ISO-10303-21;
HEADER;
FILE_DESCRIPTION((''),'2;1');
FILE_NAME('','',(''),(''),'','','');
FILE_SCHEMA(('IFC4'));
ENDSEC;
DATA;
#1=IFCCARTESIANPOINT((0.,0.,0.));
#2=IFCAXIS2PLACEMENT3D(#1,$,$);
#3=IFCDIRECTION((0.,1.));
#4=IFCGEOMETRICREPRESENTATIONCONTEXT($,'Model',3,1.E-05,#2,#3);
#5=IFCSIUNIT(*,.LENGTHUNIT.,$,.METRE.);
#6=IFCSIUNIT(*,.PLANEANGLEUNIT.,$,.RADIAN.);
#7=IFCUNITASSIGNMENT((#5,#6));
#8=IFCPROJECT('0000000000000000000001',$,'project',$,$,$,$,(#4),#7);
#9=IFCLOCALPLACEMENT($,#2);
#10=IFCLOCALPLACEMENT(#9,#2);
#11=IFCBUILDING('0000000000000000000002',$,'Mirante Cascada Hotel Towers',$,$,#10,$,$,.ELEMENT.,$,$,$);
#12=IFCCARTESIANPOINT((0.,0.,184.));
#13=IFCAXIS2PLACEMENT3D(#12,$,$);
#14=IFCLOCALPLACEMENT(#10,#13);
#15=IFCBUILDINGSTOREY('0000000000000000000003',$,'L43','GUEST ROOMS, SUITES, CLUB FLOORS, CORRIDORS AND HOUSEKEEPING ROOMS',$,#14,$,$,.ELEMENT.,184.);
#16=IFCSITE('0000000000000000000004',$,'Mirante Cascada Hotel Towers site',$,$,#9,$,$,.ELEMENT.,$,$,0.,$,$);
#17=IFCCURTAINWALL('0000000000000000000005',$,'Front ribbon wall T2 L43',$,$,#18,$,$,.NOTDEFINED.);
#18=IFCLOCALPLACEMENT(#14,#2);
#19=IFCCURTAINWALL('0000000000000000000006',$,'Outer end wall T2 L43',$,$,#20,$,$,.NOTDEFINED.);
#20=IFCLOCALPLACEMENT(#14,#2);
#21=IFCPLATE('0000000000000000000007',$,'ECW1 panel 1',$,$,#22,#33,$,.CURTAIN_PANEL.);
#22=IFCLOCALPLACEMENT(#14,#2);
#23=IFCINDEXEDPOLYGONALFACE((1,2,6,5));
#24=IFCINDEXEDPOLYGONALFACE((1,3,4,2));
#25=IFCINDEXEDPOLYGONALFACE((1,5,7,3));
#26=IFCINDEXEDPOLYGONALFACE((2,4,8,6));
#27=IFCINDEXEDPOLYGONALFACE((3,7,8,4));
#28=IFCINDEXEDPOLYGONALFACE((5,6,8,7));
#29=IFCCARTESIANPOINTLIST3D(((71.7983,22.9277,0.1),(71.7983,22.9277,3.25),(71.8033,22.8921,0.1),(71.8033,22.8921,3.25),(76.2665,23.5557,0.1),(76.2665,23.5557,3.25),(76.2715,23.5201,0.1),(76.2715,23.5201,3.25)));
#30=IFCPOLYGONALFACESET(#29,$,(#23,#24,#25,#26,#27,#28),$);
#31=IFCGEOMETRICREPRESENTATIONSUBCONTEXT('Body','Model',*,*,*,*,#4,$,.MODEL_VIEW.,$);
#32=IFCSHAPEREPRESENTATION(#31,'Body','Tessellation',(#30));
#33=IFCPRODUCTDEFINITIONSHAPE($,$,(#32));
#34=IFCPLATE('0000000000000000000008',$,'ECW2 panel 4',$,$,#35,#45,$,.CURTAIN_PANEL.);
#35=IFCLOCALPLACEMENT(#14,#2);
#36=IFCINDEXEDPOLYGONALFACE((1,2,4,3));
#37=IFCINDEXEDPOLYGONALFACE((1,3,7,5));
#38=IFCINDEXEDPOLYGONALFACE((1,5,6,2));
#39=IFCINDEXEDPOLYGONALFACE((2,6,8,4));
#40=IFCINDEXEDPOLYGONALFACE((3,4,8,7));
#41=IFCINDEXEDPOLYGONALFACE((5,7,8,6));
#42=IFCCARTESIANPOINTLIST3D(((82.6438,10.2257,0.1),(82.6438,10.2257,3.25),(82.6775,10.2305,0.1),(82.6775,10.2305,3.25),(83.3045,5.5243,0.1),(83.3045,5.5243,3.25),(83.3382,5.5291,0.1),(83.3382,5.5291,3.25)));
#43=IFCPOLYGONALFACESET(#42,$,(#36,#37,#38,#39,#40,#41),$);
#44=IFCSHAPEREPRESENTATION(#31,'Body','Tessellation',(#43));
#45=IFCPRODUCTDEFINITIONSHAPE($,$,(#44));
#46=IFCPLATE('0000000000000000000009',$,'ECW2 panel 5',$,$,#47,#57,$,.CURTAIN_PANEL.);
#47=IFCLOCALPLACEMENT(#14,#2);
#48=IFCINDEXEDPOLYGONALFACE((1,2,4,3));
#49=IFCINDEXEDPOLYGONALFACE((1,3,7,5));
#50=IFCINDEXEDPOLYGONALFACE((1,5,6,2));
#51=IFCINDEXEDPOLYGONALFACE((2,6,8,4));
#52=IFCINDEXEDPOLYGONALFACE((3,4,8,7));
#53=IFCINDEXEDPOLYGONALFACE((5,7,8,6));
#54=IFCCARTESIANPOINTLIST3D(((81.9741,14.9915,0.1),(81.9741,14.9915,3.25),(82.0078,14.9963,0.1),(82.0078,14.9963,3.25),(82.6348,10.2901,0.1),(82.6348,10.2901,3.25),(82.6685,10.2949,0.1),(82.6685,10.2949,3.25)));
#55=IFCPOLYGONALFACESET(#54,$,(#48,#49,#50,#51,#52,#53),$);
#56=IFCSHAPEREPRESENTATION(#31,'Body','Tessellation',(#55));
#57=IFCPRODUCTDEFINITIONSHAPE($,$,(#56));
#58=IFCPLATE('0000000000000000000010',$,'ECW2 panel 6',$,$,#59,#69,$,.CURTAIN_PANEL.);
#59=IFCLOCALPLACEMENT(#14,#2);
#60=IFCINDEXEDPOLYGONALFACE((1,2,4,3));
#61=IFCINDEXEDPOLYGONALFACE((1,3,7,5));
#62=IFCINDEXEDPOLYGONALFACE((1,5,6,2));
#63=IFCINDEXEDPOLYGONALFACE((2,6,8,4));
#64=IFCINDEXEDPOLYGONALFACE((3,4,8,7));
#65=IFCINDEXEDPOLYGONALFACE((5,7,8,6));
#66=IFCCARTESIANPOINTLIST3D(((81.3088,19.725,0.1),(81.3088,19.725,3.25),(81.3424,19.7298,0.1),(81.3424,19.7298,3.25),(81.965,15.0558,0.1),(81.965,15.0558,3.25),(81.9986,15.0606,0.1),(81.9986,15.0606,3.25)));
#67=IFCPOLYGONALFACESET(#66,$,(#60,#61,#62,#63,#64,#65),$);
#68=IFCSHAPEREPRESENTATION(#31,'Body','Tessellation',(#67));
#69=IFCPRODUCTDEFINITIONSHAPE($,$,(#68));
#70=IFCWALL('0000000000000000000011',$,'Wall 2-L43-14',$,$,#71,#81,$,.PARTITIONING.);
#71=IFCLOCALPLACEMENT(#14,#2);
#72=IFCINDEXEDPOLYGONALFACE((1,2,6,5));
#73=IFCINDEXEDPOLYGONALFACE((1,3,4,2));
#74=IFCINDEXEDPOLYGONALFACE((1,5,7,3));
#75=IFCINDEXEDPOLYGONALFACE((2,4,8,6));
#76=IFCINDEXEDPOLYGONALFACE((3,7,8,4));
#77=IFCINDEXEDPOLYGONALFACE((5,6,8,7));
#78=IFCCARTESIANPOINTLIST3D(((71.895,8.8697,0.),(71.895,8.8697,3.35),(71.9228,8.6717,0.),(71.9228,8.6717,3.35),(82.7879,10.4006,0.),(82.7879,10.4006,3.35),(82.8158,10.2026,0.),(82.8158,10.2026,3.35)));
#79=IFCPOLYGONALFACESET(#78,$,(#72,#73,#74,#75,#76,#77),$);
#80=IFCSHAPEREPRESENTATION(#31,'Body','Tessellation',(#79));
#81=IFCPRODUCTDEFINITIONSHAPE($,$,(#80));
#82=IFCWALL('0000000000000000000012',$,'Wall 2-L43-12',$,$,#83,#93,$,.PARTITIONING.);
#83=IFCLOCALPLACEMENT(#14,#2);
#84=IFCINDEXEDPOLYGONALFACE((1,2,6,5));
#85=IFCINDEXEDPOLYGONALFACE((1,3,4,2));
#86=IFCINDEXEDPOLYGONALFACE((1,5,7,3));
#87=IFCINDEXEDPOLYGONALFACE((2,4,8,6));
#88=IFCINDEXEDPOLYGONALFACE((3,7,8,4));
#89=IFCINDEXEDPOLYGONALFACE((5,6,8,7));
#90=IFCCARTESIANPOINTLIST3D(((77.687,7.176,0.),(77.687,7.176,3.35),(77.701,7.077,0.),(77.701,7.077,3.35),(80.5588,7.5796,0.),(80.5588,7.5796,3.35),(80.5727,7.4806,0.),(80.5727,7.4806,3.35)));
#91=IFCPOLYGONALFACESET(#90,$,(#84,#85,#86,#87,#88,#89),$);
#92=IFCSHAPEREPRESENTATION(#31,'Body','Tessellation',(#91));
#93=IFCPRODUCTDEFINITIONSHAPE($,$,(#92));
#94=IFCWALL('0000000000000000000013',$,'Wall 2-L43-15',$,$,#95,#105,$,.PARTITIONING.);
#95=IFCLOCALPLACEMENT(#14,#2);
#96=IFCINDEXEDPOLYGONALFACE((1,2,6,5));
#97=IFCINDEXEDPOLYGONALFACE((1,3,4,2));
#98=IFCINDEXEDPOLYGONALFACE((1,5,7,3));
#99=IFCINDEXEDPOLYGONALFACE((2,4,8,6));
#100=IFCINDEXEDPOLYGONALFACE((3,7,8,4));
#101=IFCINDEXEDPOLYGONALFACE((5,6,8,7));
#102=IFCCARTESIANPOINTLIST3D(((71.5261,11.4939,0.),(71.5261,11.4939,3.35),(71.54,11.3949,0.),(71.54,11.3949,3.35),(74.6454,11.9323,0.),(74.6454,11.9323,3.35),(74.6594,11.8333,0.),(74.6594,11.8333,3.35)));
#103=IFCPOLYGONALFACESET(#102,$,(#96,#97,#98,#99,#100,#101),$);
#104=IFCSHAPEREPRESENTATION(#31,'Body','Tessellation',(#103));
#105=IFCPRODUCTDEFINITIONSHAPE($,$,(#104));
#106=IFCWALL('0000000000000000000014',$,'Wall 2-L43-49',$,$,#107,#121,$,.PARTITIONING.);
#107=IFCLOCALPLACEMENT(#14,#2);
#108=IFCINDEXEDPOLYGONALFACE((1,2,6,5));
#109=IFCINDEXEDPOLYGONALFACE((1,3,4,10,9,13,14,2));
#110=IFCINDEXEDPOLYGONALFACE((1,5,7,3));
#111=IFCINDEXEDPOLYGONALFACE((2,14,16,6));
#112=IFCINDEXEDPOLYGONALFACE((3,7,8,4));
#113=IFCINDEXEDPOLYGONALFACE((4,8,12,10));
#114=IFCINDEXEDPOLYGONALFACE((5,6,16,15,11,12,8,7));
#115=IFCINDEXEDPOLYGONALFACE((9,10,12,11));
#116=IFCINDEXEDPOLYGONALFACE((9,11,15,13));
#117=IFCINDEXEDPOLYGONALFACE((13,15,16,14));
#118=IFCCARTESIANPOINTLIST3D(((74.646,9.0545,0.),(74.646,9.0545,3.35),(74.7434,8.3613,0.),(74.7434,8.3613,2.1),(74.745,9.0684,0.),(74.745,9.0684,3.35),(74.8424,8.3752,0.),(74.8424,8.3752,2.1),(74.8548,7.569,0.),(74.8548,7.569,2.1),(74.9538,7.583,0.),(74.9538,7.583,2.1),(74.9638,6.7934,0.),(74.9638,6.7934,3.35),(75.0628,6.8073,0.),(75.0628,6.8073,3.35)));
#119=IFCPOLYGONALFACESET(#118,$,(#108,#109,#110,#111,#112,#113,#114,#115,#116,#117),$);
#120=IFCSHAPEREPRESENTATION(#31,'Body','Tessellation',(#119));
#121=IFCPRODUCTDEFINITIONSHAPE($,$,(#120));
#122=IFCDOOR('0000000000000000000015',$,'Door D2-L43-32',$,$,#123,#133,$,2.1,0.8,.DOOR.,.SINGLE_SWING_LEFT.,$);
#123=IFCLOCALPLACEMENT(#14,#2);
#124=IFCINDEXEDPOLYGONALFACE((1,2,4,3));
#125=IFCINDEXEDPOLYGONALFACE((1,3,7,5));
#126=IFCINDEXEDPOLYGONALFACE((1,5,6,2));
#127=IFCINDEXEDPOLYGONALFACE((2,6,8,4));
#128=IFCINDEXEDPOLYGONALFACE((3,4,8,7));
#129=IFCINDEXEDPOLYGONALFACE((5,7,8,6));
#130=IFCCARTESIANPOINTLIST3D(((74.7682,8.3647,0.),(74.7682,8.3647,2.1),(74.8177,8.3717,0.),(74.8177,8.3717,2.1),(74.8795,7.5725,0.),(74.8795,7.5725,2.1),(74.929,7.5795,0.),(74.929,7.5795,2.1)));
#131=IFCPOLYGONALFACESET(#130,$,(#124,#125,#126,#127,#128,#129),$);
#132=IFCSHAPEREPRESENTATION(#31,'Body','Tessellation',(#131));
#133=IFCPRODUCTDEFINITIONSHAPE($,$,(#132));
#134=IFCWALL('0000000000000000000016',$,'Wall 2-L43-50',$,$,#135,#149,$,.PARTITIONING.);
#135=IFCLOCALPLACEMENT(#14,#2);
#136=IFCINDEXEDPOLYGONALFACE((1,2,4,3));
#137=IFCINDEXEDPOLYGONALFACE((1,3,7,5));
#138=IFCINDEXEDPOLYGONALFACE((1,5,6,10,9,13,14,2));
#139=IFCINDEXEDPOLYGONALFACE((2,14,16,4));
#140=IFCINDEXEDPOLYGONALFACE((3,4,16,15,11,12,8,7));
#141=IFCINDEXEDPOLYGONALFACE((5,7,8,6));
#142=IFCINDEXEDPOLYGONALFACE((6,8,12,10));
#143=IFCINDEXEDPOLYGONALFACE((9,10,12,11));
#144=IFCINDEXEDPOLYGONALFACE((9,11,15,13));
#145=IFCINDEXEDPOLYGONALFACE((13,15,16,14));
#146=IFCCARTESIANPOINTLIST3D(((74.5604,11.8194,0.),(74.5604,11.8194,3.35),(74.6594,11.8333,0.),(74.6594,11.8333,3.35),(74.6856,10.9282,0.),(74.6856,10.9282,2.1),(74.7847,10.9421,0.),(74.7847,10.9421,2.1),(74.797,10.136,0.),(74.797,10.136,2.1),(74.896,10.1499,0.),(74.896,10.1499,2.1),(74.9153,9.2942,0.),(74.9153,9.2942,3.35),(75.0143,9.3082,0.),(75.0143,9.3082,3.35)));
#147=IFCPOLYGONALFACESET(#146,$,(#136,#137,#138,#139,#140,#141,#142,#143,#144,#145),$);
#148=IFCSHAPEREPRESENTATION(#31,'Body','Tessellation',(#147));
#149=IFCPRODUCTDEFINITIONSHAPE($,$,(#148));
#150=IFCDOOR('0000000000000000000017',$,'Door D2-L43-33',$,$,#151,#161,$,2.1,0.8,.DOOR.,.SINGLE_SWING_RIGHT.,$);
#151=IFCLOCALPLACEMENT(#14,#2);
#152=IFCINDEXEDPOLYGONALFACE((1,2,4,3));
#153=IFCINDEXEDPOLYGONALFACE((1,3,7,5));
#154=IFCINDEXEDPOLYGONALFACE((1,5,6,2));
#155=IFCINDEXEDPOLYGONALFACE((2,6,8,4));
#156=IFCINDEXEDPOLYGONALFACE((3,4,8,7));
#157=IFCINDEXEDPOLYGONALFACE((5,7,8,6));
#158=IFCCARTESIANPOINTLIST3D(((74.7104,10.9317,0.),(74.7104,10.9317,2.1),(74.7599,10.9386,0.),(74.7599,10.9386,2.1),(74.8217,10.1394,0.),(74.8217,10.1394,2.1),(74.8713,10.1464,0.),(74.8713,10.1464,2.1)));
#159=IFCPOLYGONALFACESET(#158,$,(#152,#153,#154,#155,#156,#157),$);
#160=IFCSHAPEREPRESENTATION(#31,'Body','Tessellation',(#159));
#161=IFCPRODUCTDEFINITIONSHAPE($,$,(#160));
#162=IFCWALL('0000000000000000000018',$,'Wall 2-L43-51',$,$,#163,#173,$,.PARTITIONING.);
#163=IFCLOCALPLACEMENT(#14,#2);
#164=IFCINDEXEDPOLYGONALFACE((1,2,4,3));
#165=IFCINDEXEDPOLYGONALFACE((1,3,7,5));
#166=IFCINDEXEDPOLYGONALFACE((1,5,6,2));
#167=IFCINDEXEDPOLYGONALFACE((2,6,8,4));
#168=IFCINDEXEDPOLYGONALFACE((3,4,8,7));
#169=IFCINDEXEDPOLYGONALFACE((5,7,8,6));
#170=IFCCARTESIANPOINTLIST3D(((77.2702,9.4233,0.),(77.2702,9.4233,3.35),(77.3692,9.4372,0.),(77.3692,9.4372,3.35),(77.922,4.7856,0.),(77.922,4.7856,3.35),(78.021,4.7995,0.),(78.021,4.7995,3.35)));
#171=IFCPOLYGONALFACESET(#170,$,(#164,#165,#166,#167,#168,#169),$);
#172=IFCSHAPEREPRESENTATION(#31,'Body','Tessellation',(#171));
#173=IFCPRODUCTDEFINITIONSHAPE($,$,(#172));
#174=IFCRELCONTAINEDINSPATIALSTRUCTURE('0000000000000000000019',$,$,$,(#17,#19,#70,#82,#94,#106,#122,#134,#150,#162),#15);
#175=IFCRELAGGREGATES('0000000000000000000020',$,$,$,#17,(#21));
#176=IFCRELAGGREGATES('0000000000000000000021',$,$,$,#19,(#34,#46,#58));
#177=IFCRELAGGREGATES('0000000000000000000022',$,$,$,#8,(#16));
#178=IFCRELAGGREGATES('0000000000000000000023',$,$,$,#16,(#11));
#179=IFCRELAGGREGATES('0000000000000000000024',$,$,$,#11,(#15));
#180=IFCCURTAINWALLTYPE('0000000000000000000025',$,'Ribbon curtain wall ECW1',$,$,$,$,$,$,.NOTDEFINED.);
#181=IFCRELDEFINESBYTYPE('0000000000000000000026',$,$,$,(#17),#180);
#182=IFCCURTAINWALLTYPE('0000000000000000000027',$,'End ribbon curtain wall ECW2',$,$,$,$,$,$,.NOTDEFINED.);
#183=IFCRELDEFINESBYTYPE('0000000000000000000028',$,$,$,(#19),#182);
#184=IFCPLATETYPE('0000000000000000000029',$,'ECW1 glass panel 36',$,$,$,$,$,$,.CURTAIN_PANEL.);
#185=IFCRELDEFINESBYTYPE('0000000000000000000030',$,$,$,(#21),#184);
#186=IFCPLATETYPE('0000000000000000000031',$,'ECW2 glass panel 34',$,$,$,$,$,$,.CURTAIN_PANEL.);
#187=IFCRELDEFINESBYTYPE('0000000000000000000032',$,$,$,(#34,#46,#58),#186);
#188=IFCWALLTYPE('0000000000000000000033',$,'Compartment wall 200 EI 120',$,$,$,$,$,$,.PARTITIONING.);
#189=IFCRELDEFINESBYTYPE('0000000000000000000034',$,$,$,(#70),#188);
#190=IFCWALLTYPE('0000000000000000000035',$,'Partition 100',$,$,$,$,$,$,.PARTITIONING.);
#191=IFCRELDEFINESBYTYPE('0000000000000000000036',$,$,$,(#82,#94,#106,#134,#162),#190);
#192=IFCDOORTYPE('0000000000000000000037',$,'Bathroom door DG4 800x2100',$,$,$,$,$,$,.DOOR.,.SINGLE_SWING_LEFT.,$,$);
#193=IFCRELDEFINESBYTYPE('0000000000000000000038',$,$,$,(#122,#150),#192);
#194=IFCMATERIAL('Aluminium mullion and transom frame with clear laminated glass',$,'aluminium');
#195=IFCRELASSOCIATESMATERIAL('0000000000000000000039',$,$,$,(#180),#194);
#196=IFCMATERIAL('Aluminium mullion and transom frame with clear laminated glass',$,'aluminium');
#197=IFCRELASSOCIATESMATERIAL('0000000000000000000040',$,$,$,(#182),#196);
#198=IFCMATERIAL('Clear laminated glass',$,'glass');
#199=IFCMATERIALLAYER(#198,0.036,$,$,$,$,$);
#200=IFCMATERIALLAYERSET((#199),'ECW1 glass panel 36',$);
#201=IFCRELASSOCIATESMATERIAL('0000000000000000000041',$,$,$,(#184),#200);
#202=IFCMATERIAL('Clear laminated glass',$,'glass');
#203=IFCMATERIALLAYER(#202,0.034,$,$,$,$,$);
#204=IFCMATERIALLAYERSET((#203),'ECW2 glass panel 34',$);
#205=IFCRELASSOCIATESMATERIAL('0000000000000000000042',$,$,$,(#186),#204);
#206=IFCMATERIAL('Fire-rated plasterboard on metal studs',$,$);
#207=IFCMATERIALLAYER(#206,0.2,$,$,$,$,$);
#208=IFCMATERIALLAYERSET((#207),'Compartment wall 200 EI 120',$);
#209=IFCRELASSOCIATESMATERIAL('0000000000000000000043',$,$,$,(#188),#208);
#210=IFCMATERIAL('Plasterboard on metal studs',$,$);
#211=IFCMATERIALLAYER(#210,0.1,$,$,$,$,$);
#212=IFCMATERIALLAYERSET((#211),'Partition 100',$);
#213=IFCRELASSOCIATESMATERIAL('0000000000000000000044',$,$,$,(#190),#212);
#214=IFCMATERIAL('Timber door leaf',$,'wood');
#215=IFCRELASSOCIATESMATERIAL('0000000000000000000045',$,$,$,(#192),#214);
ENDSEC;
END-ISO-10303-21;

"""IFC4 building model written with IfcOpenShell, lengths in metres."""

from ifc_helpers import new_model, si_unit, direction, frame, frame_2d, origin, origin_2d, place, context, subcontext, project, spatial, rectangle, extrude, material, layer, layer_set, type_object, element, fill, aggregate, save


model = new_model("IFC4")

# Units and contexts
model_context = context("Model", 3, precision=1e-05, world=origin(), true_north=direction((0.0, 1.0)))
body_context = subcontext(model_context, "Body", "Model", "MODEL_VIEW")
ifc_project = project(units=[si_unit("LENGTHUNIT", "METRE"), si_unit("PLANEANGLEUNIT", "RADIAN")], contexts=[model_context])

# Site, building, storey
site_placement = place(None, origin())
site = spatial("IfcSite", under=ifc_project, at=site_placement, Name="Mirante Cascada Hotel Towers site", CompositionType="ELEMENT", RefElevation=0.0)
building_placement = place(site_placement, origin())
building = spatial("IfcBuilding", under=site, at=building_placement, Name="Mirante Cascada Hotel Towers", CompositionType="ELEMENT")
storey_placement = place(building_placement, frame((0.0, 0.0, 184.0)))
storey = spatial("IfcBuildingStorey", under=building, at=storey_placement, Name="L43", Description="GUEST ROOMS, SUITES, CLUB FLOORS, CORRIDORS AND HOUSEKEEPING ROOMS", CompositionType="ELEMENT", Elevation=184.0)

# Curtain walls
ifc_material_1 = material(Name="Aluminium mullion and transom frame with clear laminated glass", Category="aluminium")
curtain_wall_type_1 = type_object("IfcCurtainWallType", Name="Ribbon curtain wall ECW1", PredefinedType="NOTDEFINED", material=ifc_material_1)
curtain_wall_1_placement = place(storey_placement, origin())
curtain_wall_1 = element("IfcCurtainWall", 1, at=curtain_wall_1_placement, inside=storey, type_object=curtain_wall_type_1, Name="Front ribbon wall T2 L43", PredefinedType="NOTDEFINED")
ifc_material_2 = material(Name="Aluminium mullion and transom frame with clear laminated glass", Category="aluminium")
curtain_wall_type_2 = type_object("IfcCurtainWallType", Name="End ribbon curtain wall ECW2", PredefinedType="NOTDEFINED", material=ifc_material_2)
curtain_wall_2_placement = place(storey_placement, origin())
curtain_wall_2 = element("IfcCurtainWall", 2, at=curtain_wall_2_placement, inside=storey, type_object=curtain_wall_type_2, Name="Outer end wall T2 L43", PredefinedType="NOTDEFINED")

# Plates
ifc_material_3 = material(Name="Clear laminated glass", Category="glass")
ifc_layer_1 = layer(ifc_material_3, 0.036)
ifc_layer_set_1 = layer_set([ifc_layer_1], Name="ECW1 glass panel 36")
plate_type_1 = type_object("IfcPlateType", Name="ECW1 glass panel 36", PredefinedType="CURTAIN_PANEL", material=ifc_layer_set_1)
plate_1_placement = place(storey_placement, frame((74.0349, 23.2239, 0.1), z_axis=(0.0, 0.0, 1.0), x_axis=(-0.990268, -0.139173, 0.0)))
plate_1 = element("IfcPlate", 3, at=plate_1_placement, type_object=plate_type_1, Name="ECW1 panel 1", PredefinedType="CURTAIN_PANEL", context=body_context, shape_type="SweptSolid", body=[
    extrude(rectangle(XDim=4.5121, YDim=0.036, at=origin_2d()), origin(), (0.0, 0.0, 1.0), 3.15),
])
aggregate(curtain_wall_1, [plate_1])
ifc_material_4 = material(Name="Clear laminated glass", Category="glass")
ifc_layer_2 = layer(ifc_material_4, 0.034)
ifc_layer_set_2 = layer_set([ifc_layer_2], Name="ECW2 glass panel 34")
plate_type_2 = type_object("IfcPlateType", Name="ECW2 glass panel 34", PredefinedType="CURTAIN_PANEL", material=ifc_layer_set_2)
plate_2_placement = place(storey_placement, frame((82.991, 7.8774, 0.1), z_axis=(0.0, 0.0, 1.0), x_axis=(-0.139173, 0.990268, 0.0)))
plate_2 = element("IfcPlate", 4, at=plate_2_placement, type_object=plate_type_2, Name="ECW2 panel 4", PredefinedType="CURTAIN_PANEL", context=body_context, shape_type="SweptSolid", body=[
    extrude(rectangle(XDim=4.7476, YDim=0.034, at=origin_2d()), origin(), (0.0, 0.0, 1.0), 3.15),
])
plate_3_placement = place(storey_placement, frame((82.3213, 12.6432, 0.1), z_axis=(0.0, 0.0, 1.0), x_axis=(-0.139173, 0.990268, 0.0)))
plate_3 = element("IfcPlate", 5, at=plate_3_placement, type_object=plate_type_2, Name="ECW2 panel 5", PredefinedType="CURTAIN_PANEL", context=body_context, shape_type="SweptSolid", body=[
    extrude(rectangle(XDim=4.7476, YDim=0.034, at=origin_2d()), origin(), (0.0, 0.0, 1.0), 3.15),
])
plate_4_placement = place(storey_placement, frame((81.6537, 17.3928, 0.1), z_axis=(0.0, 0.0, 1.0), x_axis=(-0.139173, 0.990268, 0.0)))
plate_4 = element("IfcPlate", 6, at=plate_4_placement, type_object=plate_type_2, Name="ECW2 panel 6", PredefinedType="CURTAIN_PANEL", context=body_context, shape_type="SweptSolid", body=[
    extrude(rectangle(XDim=4.7151, YDim=0.034, at=origin_2d()), origin(), (0.0, 0.0, 1.0), 3.15),
])
aggregate(curtain_wall_2, [plate_2, plate_3, plate_4])

# Walls
ifc_material_5 = material(Name="Fire-rated plasterboard on metal studs")
ifc_layer_3 = layer(ifc_material_5, 0.2)
ifc_layer_set_3 = layer_set([ifc_layer_3], Name="Compartment wall 200 EI 120")
wall_type_1 = type_object("IfcWallType", Name="Compartment wall 200 EI 120", PredefinedType="PARTITIONING", material=ifc_layer_set_3)
wall_1_placement = place(storey_placement, frame((71.9089, 8.7707, 0.0), z_axis=(0.0, 0.0, 1.0), x_axis=(0.990268, 0.139173, 0.0)))
element("IfcWall", 7, at=wall_1_placement, inside=storey, type_object=wall_type_1, Name="Wall 2-L43-14", PredefinedType="PARTITIONING", context=body_context, shape_type="SweptSolid", body=[
    extrude(rectangle(XDim=11.0, YDim=0.2, at=frame_2d((5.5, 0.0))), origin(), (0.0, 0.0, 1.0), 3.35),
])
ifc_material_6 = material(Name="Plasterboard on metal studs")
ifc_layer_4 = layer(ifc_material_6, 0.1)
ifc_layer_set_4 = layer_set([ifc_layer_4], Name="Partition 100")
wall_type_2 = type_object("IfcWallType", Name="Partition 100", PredefinedType="PARTITIONING", material=ifc_layer_set_4)
wall_2_placement = place(storey_placement, frame((77.694, 7.1265, 0.0), z_axis=(0.0, 0.0, 1.0), x_axis=(0.990268, 0.139171, 0.0)))
element("IfcWall", 8, at=wall_2_placement, inside=storey, type_object=wall_type_2, Name="Wall 2-L43-12", PredefinedType="PARTITIONING", context=body_context, shape_type="SweptSolid", body=[
    extrude(rectangle(XDim=2.9, YDim=0.1, at=frame_2d((1.45, 0.0))), origin(), (0.0, 0.0, 1.0), 3.35),
])
wall_3_placement = place(storey_placement, frame((74.6524, 11.8828, 0.0), z_axis=(0.0, 0.0, 1.0), x_axis=(-0.990268, -0.139177, 0.0)))
element("IfcWall", 9, at=wall_3_placement, inside=storey, type_object=wall_type_2, Name="Wall 2-L43-15", PredefinedType="PARTITIONING", context=body_context, shape_type="SweptSolid", body=[
    extrude(rectangle(XDim=3.15, YDim=0.1, at=frame_2d((1.575, 0.0))), origin(), (0.0, 0.0, 1.0), 3.35),
])

# Walls, openings, doors
wall_4_placement = place(storey_placement, frame((74.6955, 9.0614, 0.0), z_axis=(0.0, 0.0, 1.0), x_axis=(0.139183, -0.990267, 0.0)))
wall_4 = element("IfcWall", 10, at=wall_4_placement, inside=storey, type_object=wall_type_2, Name="Wall 2-L43-49", PredefinedType="PARTITIONING", context=body_context, shape_type="SweptSolid", body=[
    extrude(rectangle(XDim=2.2833, YDim=0.1, at=frame_2d((1.1416, 0.0))), origin(), (0.0, 0.0, 1.0), 3.35),
])
opening_1_placement = place(wall_4_placement, frame((0.7, 0.0, 0.0)))
opening_1 = element("IfcOpeningElement", 11, at=opening_1_placement, cuts=wall_4, PredefinedType="OPENING", context=body_context, shape_type="SweptSolid", body=[
    extrude(rectangle(XDim=0.8, YDim=2.1, at=frame_2d((0.4, 1.05))), frame((0.0, 0.05, 0.0), z_axis=(0.0, -1.0, 0.0), x_axis=(1.0, 0.0, 0.0)), (0.0, 0.0, 1.0), 0.1),
])
ifc_material_7 = material(Name="Timber door leaf", Category="wood")
door_type = type_object("IfcDoorType", Name="Bathroom door DG4 800x2100", OperationType="SINGLE_SWING_LEFT", PredefinedType="DOOR", material=ifc_material_7)
door_1_placement = place(opening_1_placement, origin())
door_1 = element("IfcDoor", 12, at=door_1_placement, inside=storey, type_object=door_type, Name="Door D2-L43-32", OperationType="SINGLE_SWING_LEFT", OverallHeight=2.1, OverallWidth=0.8, PredefinedType="DOOR", context=body_context, shape_type="SweptSolid", body=[
    extrude(rectangle(XDim=0.8, YDim=2.1, at=frame_2d((0.4, 1.05))), frame((0.0, 0.025, 0.0), z_axis=(0.0, -1.0, 0.0), x_axis=(1.0, 0.0, 0.0)), (0.0, 0.0, 1.0), 0.05),
])
fill(opening_1, door_1)
wall_5_placement = place(storey_placement, frame((74.9648, 9.3012, 0.0), z_axis=(0.0, 0.0, 1.0), x_axis=(-0.139176, 0.990268, 0.0)))
wall_5 = element("IfcWall", 13, at=wall_5_placement, inside=storey, type_object=wall_type_2, Name="Wall 2-L43-50", PredefinedType="PARTITIONING", context=body_context, shape_type="SweptSolid", body=[
    extrude(rectangle(XDim=2.55, YDim=0.1, at=frame_2d((1.275, 0.0))), origin(), (0.0, 0.0, 1.0), 3.35),
])
opening_2_placement = place(wall_5_placement, frame((0.85, 0.0, 0.0)))
opening_2 = element("IfcOpeningElement", 14, at=opening_2_placement, cuts=wall_5, PredefinedType="OPENING", context=body_context, shape_type="SweptSolid", body=[
    extrude(rectangle(XDim=0.8, YDim=2.1, at=frame_2d((0.4, 1.05))), frame((0.0, 0.05, 0.0), z_axis=(0.0, -1.0, 0.0), x_axis=(1.0, 0.0, 0.0)), (0.0, 0.0, 1.0), 0.1),
])
door_2_placement = place(opening_2_placement, frame((0.8, 0.0, 0.0), z_axis=(0.0, 0.0, 1.0), x_axis=(-1.0, 0.0, 0.0)))
door_2 = element("IfcDoor", 15, at=door_2_placement, inside=storey, type_object=door_type, Name="Door D2-L43-33", OperationType="SINGLE_SWING_RIGHT", OverallHeight=2.1, OverallWidth=0.8, PredefinedType="DOOR", context=body_context, shape_type="SweptSolid", body=[
    extrude(rectangle(XDim=0.8, YDim=2.1, at=frame_2d((0.4, 1.05))), frame((0.0, 0.025, 0.0), z_axis=(0.0, -1.0, 0.0), x_axis=(1.0, 0.0, 0.0)), (0.0, 0.0, 1.0), 0.05),
])
fill(opening_2, door_2)

# Wall
wall_6_placement = place(storey_placement, frame((77.3197, 9.4302, 0.0), z_axis=(0.0, 0.0, 1.0), x_axis=(0.139176, -0.990268, 0.0)))
element("IfcWall", 16, at=wall_6_placement, inside=storey, type_object=wall_type_2, Name="Wall 2-L43-51", PredefinedType="PARTITIONING", context=body_context, shape_type="SweptSolid", body=[
    extrude(rectangle(XDim=4.6833, YDim=0.1, at=frame_2d((2.3416, 0.0))), origin(), (0.0, 0.0, 1.0), 3.35),
])

save(model, "model.ifc")
